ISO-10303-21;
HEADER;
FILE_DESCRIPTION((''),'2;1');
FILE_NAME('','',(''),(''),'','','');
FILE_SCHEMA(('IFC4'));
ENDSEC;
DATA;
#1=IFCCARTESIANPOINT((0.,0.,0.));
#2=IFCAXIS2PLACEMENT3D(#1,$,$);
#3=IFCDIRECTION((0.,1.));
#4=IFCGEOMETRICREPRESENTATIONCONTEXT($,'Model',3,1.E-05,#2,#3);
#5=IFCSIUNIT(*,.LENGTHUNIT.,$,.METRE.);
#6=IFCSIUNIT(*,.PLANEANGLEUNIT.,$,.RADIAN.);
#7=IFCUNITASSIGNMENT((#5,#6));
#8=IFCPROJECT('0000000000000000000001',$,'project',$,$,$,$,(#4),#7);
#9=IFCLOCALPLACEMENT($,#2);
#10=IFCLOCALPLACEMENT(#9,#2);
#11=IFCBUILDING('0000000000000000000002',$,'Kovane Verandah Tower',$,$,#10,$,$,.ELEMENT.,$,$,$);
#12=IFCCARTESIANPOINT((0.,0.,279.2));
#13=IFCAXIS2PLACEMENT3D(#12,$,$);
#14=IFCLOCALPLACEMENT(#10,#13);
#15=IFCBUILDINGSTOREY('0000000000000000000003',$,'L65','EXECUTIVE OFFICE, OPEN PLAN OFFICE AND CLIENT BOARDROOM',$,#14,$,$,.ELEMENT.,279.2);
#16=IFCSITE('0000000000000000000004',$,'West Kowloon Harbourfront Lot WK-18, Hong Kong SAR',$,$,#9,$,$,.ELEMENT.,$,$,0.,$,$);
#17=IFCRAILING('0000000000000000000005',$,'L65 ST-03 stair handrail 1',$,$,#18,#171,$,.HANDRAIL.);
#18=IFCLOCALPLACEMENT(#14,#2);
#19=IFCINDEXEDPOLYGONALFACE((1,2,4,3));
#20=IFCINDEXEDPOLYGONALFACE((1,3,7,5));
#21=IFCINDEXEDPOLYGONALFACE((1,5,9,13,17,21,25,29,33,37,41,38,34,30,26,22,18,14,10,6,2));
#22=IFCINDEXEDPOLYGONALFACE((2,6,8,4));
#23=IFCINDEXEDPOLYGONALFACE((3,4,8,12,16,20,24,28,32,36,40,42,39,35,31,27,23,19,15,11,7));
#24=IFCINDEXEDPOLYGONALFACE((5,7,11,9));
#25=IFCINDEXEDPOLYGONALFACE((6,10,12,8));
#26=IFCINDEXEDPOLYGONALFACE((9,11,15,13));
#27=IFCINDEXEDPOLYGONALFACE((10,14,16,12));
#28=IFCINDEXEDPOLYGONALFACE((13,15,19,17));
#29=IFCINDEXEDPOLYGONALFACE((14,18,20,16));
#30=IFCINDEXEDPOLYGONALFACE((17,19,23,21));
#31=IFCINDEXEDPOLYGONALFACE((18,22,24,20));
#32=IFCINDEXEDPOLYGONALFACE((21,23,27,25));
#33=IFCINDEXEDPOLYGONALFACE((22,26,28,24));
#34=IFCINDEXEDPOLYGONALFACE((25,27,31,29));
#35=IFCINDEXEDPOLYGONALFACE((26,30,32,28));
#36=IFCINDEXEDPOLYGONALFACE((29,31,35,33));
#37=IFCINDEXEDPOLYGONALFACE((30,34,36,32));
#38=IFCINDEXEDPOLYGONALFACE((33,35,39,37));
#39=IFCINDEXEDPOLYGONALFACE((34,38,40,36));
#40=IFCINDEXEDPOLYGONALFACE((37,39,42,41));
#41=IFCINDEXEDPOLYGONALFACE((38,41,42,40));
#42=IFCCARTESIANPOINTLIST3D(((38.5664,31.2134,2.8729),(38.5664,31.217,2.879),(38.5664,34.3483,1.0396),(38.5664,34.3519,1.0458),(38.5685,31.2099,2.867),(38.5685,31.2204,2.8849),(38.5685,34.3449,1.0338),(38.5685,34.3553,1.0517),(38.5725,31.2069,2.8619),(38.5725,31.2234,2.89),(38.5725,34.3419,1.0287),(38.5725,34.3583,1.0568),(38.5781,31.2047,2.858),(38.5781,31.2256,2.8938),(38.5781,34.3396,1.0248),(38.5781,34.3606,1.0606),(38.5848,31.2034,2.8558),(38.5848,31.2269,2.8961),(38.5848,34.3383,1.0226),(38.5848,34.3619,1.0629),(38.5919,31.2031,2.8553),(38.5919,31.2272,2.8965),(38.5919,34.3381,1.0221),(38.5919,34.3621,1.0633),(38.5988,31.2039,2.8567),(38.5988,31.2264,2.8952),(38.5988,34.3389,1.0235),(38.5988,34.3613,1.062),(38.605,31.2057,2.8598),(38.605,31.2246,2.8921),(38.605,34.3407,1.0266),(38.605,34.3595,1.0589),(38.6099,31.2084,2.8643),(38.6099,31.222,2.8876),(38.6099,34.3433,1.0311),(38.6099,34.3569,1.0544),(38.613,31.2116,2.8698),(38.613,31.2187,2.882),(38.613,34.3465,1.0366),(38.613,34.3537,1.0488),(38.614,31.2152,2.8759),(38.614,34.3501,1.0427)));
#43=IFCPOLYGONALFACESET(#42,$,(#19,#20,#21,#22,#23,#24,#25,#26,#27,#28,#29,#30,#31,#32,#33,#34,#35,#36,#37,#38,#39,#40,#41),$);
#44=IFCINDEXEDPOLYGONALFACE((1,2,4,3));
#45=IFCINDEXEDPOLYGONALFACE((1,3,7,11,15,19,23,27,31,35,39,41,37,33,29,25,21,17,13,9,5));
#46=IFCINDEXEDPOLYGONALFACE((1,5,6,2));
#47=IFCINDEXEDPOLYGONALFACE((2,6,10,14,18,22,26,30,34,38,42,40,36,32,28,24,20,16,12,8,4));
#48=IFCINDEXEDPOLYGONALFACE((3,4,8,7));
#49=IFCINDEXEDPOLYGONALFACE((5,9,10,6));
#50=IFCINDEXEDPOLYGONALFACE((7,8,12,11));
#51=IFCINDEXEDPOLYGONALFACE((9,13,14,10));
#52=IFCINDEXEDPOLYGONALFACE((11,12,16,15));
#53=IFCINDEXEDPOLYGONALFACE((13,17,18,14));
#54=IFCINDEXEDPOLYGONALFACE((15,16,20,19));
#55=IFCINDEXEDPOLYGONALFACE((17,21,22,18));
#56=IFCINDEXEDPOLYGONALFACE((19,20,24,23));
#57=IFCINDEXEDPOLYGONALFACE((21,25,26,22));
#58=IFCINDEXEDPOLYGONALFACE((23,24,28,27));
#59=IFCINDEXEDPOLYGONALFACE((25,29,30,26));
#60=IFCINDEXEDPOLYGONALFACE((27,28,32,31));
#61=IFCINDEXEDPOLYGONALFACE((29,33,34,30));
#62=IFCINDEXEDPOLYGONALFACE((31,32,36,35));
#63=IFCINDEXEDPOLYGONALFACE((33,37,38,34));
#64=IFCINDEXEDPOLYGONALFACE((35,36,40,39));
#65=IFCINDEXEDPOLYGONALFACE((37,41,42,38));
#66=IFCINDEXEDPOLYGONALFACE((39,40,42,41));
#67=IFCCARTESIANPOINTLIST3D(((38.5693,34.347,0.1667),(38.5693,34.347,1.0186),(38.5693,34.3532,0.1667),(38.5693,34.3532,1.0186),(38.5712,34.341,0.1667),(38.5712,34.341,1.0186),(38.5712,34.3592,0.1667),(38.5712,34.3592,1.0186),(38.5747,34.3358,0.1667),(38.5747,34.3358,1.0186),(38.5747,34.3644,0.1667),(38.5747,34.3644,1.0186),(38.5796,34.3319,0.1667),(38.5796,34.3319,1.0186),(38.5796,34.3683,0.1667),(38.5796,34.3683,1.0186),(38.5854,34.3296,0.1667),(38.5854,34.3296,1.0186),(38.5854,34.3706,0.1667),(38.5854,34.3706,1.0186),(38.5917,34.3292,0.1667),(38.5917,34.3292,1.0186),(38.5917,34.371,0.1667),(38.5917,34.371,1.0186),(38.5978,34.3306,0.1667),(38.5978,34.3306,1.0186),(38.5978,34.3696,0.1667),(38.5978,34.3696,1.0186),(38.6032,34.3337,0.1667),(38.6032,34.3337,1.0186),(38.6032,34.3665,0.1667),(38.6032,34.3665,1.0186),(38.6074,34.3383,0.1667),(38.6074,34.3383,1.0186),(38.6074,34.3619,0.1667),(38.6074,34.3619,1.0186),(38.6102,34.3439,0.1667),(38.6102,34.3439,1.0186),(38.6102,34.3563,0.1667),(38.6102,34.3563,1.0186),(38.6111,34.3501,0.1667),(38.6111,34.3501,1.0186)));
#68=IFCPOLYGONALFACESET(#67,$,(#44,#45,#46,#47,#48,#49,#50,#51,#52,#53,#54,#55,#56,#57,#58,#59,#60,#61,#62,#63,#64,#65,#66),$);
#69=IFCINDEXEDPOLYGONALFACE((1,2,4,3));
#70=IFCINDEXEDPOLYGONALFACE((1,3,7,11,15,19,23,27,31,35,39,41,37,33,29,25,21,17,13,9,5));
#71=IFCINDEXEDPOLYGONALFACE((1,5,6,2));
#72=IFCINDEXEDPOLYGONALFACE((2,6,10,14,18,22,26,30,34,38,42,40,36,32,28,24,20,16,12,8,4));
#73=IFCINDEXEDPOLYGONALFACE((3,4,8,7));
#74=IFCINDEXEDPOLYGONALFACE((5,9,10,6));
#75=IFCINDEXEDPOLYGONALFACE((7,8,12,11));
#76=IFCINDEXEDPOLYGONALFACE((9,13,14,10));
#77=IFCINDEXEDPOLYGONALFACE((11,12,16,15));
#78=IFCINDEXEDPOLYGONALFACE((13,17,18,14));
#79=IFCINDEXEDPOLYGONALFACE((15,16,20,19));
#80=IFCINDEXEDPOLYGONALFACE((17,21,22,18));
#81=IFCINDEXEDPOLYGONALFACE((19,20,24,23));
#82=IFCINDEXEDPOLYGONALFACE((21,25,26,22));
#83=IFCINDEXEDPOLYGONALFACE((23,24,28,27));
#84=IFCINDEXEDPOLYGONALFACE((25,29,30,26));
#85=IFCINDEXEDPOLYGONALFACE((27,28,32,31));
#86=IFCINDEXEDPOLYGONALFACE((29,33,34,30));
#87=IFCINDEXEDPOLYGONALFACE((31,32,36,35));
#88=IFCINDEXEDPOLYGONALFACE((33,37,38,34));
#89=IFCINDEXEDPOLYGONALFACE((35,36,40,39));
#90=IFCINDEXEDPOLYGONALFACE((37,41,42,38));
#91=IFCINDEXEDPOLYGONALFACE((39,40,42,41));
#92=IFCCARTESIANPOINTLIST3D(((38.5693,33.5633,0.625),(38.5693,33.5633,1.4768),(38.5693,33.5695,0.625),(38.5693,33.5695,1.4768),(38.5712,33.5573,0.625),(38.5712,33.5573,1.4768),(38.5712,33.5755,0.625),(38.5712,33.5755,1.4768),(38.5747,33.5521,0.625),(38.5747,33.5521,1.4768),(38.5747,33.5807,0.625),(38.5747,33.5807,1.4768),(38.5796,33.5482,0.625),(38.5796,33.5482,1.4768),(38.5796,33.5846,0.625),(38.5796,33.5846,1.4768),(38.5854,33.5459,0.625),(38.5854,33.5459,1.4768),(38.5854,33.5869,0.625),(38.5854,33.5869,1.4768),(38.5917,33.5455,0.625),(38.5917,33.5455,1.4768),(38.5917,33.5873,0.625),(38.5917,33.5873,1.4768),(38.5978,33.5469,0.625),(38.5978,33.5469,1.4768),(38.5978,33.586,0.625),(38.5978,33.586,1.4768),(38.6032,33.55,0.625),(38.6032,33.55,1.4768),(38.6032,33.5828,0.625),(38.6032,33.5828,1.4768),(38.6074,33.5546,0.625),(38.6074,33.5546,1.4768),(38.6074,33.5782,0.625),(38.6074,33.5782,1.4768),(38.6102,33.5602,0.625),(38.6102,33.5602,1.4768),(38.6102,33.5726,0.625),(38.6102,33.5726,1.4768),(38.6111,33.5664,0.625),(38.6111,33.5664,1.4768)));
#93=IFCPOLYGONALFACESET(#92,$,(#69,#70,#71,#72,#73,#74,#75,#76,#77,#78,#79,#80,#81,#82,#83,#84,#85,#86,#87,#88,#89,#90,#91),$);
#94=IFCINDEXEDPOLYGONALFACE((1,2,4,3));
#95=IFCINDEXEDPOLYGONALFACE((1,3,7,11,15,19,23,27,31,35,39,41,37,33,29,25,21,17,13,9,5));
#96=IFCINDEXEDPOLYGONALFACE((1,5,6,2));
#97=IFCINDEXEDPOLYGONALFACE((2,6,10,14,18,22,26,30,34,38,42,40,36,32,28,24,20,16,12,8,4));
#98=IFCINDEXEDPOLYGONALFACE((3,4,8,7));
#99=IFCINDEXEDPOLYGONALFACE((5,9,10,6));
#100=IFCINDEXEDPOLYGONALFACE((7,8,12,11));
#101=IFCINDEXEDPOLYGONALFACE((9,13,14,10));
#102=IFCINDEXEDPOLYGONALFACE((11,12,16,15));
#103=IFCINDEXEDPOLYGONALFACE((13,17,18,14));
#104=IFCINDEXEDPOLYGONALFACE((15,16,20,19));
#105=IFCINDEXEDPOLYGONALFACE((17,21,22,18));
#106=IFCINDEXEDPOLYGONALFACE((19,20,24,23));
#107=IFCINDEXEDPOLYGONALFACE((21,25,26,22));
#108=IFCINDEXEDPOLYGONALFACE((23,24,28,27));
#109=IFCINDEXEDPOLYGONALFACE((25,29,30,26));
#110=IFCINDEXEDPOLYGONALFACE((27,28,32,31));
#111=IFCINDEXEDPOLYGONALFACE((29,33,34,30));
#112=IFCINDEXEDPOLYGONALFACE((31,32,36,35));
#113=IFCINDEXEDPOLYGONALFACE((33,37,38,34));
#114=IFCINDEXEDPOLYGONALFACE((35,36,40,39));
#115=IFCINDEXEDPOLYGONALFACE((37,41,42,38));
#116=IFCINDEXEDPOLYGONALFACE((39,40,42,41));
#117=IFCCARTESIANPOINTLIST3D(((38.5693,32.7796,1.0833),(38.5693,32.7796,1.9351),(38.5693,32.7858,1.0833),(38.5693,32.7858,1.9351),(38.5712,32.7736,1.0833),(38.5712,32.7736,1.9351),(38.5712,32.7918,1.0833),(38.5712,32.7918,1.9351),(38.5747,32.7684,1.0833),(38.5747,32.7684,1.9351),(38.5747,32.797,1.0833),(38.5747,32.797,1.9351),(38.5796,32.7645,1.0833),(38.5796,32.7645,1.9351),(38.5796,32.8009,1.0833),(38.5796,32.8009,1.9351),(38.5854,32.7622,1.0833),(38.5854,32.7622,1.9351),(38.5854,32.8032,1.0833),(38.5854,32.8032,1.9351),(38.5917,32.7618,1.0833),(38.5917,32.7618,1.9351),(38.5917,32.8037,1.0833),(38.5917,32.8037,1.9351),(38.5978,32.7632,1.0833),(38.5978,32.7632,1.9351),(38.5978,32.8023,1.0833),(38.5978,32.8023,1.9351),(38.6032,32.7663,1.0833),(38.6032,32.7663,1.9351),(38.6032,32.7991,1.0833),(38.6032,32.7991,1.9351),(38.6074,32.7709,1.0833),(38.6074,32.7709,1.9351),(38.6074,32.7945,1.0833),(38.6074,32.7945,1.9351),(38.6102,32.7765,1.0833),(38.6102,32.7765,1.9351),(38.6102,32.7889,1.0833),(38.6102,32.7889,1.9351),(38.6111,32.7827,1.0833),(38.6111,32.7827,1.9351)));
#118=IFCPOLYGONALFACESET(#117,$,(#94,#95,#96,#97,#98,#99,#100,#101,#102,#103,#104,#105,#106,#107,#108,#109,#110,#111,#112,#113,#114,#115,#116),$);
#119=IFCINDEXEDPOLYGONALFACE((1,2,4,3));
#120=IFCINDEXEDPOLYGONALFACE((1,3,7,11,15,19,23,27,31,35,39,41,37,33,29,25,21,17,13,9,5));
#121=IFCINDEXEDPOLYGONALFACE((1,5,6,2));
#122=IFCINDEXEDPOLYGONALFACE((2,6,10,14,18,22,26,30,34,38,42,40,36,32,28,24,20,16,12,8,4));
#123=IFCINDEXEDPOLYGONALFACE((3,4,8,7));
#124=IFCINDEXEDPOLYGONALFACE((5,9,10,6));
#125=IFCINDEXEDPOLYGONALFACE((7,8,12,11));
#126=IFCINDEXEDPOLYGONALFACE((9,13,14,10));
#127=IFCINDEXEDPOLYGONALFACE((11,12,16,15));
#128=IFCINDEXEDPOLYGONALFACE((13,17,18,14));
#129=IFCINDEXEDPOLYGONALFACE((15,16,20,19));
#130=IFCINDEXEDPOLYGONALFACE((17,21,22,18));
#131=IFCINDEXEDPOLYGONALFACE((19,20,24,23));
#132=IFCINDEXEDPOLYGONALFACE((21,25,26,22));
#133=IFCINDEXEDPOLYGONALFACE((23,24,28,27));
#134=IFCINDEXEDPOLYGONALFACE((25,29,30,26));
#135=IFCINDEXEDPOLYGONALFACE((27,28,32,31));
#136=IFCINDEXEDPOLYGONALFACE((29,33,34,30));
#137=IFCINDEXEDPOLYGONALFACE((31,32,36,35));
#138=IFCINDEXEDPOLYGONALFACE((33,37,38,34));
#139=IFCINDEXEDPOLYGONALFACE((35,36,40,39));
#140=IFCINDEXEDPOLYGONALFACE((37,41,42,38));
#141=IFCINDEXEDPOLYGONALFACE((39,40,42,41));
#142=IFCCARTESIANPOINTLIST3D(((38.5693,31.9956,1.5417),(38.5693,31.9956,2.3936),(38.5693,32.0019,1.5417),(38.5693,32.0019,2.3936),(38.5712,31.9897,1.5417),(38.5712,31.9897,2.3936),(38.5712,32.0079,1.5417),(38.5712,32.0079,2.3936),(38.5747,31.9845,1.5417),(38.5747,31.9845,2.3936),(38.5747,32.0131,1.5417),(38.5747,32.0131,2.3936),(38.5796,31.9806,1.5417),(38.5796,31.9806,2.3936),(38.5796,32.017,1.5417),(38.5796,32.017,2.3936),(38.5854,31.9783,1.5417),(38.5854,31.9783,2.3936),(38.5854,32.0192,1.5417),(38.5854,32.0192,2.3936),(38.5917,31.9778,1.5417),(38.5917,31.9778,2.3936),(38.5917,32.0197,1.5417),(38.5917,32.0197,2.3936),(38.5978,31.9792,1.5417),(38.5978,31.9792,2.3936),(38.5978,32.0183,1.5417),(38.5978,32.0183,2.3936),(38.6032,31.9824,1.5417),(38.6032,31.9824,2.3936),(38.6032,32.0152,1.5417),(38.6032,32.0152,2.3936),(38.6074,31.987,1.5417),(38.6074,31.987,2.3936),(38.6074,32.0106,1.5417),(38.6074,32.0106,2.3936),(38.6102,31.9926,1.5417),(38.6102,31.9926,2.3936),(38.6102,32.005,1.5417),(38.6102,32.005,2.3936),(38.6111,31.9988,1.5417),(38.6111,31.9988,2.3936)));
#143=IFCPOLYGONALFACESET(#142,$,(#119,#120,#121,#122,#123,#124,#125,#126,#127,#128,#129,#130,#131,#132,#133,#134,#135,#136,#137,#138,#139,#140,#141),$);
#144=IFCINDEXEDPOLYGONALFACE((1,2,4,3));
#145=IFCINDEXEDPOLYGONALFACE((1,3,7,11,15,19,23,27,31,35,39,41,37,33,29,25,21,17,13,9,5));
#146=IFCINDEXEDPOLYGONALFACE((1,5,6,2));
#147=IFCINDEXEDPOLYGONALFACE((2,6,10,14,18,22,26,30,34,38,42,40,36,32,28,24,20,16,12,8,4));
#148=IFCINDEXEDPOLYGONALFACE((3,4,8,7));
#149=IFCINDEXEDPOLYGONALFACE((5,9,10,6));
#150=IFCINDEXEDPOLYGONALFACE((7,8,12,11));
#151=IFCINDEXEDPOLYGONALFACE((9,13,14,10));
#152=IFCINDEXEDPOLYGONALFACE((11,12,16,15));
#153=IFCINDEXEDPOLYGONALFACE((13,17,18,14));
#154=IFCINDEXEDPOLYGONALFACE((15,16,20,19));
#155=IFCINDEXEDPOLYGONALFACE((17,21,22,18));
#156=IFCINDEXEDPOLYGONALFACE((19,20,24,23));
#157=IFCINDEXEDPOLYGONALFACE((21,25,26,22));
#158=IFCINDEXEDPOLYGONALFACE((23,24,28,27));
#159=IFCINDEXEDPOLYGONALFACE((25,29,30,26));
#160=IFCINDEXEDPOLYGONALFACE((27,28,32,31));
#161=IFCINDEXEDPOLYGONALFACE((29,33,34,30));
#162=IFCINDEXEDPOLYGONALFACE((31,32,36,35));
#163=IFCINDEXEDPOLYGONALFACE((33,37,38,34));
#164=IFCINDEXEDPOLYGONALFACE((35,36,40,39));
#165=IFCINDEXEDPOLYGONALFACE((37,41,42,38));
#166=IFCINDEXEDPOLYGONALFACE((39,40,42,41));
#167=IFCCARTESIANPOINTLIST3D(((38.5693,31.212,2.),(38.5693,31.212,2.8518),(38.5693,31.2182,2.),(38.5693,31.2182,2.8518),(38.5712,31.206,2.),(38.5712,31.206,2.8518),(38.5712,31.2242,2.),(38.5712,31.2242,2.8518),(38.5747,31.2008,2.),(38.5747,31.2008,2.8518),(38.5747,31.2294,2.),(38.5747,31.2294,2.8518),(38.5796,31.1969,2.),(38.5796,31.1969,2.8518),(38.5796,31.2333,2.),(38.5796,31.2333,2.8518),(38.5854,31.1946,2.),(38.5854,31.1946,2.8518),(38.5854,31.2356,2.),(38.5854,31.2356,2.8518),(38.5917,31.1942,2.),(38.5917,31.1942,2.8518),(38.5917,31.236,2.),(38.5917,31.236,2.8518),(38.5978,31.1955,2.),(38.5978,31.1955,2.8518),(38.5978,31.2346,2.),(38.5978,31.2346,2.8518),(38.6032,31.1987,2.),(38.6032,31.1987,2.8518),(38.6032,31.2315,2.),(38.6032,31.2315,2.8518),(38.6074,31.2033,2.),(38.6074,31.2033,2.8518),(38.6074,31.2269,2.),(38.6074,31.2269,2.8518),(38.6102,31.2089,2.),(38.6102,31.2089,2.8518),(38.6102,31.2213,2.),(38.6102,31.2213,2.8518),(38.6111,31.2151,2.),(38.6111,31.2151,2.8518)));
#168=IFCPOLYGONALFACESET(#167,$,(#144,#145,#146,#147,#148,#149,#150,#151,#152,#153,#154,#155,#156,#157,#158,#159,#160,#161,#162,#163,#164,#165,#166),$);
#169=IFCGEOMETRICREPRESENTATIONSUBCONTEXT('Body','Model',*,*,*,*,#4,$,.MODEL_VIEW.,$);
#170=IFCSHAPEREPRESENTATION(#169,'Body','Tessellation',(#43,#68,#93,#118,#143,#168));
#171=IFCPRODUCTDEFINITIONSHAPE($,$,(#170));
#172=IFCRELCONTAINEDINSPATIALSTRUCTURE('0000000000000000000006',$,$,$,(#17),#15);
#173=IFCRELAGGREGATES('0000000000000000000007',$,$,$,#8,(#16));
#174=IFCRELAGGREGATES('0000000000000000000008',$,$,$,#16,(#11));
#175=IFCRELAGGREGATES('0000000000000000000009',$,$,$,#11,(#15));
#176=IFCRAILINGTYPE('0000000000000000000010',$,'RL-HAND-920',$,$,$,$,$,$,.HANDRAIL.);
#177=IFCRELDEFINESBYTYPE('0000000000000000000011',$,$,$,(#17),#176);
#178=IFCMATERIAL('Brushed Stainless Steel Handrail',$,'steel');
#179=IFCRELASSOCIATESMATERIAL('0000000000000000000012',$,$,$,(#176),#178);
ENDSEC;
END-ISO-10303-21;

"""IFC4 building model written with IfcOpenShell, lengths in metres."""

from ifc_helpers import new_model, si_unit, direction, frame, origin, origin_2d, place, context, subcontext, project, spatial, circle, extrude, material, type_object, element, save


model = new_model("IFC4")

# Units and contexts
model_context = context("Model", 3, precision=1e-05, world=origin(), true_north=direction((0.0, 1.0)))
body_context = subcontext(model_context, "Body", "Model", "MODEL_VIEW")
ifc_project = project(units=[si_unit("LENGTHUNIT", "METRE"), si_unit("PLANEANGLEUNIT", "RADIAN")], contexts=[model_context])

# Site, building, storey
site_placement = place(None, origin())
site = spatial("IfcSite", under=ifc_project, at=site_placement, Name="West Kowloon Harbourfront Lot WK-18, Hong Kong SAR", CompositionType="ELEMENT", RefElevation=0.0)
building_placement = place(site_placement, origin())
building = spatial("IfcBuilding", under=site, at=building_placement, Name="Kovane Verandah Tower", CompositionType="ELEMENT")
storey_placement = place(building_placement, frame((0.0, 0.0, 279.2)))
storey = spatial("IfcBuildingStorey", under=building, at=storey_placement, Name="L65", Description="EXECUTIVE OFFICE, OPEN PLAN OFFICE AND CLIENT BOARDROOM", CompositionType="ELEMENT", Elevation=279.2)

# Railing
ifc_material_1 = material(Name="Brushed Stainless Steel Handrail", Category="steel")
railing_type_1 = type_object("IfcRailingType", Name="RL-HAND-920", PredefinedType="HANDRAIL", material=ifc_material_1)
for number, where, name in (
    (1, (38.5901, 34.3501, 0.1667), "L65 ST-03 stair handrail 1"),
):
    element("IfcRailing", number, at=place(storey_placement, frame(where)), inside=storey, type_object=railing_type_1, Name=name, PredefinedType="HANDRAIL", context=body_context, shape_type="SweptSolid", body=[
        extrude(circle(Radius=0.0239, at=origin_2d()), frame((0.0, 0.0, 0.876), z_axis=(0.0, -0.86324, 0.504794), x_axis=(1.0, 0.0, 0.0)), (0.0, 0.0, 1.0), 3.6316),
        extrude(circle(Radius=0.021, at=origin_2d()), origin(), (0.0, 0.0, 1.0), 0.8518),
        extrude(circle(Radius=0.021, at=origin_2d()), frame((0.0, -0.7837, 0.4583)), (0.0, 0.0, 1.0), 0.8518),
        extrude(circle(Radius=0.021, at=origin_2d()), frame((0.0, -1.5674, 0.9165)), (0.0, 0.0, 1.0), 0.8518),
        extrude(circle(Radius=0.021, at=origin_2d()), frame((0.0, -2.3513, 1.375)), (0.0, 0.0, 1.0), 0.8518),
        extrude(circle(Radius=0.021, at=origin_2d()), frame((0.0, -3.135, 1.8333)), (0.0, 0.0, 1.0), 0.8518),
    ])

save(model, "model.ifc")
